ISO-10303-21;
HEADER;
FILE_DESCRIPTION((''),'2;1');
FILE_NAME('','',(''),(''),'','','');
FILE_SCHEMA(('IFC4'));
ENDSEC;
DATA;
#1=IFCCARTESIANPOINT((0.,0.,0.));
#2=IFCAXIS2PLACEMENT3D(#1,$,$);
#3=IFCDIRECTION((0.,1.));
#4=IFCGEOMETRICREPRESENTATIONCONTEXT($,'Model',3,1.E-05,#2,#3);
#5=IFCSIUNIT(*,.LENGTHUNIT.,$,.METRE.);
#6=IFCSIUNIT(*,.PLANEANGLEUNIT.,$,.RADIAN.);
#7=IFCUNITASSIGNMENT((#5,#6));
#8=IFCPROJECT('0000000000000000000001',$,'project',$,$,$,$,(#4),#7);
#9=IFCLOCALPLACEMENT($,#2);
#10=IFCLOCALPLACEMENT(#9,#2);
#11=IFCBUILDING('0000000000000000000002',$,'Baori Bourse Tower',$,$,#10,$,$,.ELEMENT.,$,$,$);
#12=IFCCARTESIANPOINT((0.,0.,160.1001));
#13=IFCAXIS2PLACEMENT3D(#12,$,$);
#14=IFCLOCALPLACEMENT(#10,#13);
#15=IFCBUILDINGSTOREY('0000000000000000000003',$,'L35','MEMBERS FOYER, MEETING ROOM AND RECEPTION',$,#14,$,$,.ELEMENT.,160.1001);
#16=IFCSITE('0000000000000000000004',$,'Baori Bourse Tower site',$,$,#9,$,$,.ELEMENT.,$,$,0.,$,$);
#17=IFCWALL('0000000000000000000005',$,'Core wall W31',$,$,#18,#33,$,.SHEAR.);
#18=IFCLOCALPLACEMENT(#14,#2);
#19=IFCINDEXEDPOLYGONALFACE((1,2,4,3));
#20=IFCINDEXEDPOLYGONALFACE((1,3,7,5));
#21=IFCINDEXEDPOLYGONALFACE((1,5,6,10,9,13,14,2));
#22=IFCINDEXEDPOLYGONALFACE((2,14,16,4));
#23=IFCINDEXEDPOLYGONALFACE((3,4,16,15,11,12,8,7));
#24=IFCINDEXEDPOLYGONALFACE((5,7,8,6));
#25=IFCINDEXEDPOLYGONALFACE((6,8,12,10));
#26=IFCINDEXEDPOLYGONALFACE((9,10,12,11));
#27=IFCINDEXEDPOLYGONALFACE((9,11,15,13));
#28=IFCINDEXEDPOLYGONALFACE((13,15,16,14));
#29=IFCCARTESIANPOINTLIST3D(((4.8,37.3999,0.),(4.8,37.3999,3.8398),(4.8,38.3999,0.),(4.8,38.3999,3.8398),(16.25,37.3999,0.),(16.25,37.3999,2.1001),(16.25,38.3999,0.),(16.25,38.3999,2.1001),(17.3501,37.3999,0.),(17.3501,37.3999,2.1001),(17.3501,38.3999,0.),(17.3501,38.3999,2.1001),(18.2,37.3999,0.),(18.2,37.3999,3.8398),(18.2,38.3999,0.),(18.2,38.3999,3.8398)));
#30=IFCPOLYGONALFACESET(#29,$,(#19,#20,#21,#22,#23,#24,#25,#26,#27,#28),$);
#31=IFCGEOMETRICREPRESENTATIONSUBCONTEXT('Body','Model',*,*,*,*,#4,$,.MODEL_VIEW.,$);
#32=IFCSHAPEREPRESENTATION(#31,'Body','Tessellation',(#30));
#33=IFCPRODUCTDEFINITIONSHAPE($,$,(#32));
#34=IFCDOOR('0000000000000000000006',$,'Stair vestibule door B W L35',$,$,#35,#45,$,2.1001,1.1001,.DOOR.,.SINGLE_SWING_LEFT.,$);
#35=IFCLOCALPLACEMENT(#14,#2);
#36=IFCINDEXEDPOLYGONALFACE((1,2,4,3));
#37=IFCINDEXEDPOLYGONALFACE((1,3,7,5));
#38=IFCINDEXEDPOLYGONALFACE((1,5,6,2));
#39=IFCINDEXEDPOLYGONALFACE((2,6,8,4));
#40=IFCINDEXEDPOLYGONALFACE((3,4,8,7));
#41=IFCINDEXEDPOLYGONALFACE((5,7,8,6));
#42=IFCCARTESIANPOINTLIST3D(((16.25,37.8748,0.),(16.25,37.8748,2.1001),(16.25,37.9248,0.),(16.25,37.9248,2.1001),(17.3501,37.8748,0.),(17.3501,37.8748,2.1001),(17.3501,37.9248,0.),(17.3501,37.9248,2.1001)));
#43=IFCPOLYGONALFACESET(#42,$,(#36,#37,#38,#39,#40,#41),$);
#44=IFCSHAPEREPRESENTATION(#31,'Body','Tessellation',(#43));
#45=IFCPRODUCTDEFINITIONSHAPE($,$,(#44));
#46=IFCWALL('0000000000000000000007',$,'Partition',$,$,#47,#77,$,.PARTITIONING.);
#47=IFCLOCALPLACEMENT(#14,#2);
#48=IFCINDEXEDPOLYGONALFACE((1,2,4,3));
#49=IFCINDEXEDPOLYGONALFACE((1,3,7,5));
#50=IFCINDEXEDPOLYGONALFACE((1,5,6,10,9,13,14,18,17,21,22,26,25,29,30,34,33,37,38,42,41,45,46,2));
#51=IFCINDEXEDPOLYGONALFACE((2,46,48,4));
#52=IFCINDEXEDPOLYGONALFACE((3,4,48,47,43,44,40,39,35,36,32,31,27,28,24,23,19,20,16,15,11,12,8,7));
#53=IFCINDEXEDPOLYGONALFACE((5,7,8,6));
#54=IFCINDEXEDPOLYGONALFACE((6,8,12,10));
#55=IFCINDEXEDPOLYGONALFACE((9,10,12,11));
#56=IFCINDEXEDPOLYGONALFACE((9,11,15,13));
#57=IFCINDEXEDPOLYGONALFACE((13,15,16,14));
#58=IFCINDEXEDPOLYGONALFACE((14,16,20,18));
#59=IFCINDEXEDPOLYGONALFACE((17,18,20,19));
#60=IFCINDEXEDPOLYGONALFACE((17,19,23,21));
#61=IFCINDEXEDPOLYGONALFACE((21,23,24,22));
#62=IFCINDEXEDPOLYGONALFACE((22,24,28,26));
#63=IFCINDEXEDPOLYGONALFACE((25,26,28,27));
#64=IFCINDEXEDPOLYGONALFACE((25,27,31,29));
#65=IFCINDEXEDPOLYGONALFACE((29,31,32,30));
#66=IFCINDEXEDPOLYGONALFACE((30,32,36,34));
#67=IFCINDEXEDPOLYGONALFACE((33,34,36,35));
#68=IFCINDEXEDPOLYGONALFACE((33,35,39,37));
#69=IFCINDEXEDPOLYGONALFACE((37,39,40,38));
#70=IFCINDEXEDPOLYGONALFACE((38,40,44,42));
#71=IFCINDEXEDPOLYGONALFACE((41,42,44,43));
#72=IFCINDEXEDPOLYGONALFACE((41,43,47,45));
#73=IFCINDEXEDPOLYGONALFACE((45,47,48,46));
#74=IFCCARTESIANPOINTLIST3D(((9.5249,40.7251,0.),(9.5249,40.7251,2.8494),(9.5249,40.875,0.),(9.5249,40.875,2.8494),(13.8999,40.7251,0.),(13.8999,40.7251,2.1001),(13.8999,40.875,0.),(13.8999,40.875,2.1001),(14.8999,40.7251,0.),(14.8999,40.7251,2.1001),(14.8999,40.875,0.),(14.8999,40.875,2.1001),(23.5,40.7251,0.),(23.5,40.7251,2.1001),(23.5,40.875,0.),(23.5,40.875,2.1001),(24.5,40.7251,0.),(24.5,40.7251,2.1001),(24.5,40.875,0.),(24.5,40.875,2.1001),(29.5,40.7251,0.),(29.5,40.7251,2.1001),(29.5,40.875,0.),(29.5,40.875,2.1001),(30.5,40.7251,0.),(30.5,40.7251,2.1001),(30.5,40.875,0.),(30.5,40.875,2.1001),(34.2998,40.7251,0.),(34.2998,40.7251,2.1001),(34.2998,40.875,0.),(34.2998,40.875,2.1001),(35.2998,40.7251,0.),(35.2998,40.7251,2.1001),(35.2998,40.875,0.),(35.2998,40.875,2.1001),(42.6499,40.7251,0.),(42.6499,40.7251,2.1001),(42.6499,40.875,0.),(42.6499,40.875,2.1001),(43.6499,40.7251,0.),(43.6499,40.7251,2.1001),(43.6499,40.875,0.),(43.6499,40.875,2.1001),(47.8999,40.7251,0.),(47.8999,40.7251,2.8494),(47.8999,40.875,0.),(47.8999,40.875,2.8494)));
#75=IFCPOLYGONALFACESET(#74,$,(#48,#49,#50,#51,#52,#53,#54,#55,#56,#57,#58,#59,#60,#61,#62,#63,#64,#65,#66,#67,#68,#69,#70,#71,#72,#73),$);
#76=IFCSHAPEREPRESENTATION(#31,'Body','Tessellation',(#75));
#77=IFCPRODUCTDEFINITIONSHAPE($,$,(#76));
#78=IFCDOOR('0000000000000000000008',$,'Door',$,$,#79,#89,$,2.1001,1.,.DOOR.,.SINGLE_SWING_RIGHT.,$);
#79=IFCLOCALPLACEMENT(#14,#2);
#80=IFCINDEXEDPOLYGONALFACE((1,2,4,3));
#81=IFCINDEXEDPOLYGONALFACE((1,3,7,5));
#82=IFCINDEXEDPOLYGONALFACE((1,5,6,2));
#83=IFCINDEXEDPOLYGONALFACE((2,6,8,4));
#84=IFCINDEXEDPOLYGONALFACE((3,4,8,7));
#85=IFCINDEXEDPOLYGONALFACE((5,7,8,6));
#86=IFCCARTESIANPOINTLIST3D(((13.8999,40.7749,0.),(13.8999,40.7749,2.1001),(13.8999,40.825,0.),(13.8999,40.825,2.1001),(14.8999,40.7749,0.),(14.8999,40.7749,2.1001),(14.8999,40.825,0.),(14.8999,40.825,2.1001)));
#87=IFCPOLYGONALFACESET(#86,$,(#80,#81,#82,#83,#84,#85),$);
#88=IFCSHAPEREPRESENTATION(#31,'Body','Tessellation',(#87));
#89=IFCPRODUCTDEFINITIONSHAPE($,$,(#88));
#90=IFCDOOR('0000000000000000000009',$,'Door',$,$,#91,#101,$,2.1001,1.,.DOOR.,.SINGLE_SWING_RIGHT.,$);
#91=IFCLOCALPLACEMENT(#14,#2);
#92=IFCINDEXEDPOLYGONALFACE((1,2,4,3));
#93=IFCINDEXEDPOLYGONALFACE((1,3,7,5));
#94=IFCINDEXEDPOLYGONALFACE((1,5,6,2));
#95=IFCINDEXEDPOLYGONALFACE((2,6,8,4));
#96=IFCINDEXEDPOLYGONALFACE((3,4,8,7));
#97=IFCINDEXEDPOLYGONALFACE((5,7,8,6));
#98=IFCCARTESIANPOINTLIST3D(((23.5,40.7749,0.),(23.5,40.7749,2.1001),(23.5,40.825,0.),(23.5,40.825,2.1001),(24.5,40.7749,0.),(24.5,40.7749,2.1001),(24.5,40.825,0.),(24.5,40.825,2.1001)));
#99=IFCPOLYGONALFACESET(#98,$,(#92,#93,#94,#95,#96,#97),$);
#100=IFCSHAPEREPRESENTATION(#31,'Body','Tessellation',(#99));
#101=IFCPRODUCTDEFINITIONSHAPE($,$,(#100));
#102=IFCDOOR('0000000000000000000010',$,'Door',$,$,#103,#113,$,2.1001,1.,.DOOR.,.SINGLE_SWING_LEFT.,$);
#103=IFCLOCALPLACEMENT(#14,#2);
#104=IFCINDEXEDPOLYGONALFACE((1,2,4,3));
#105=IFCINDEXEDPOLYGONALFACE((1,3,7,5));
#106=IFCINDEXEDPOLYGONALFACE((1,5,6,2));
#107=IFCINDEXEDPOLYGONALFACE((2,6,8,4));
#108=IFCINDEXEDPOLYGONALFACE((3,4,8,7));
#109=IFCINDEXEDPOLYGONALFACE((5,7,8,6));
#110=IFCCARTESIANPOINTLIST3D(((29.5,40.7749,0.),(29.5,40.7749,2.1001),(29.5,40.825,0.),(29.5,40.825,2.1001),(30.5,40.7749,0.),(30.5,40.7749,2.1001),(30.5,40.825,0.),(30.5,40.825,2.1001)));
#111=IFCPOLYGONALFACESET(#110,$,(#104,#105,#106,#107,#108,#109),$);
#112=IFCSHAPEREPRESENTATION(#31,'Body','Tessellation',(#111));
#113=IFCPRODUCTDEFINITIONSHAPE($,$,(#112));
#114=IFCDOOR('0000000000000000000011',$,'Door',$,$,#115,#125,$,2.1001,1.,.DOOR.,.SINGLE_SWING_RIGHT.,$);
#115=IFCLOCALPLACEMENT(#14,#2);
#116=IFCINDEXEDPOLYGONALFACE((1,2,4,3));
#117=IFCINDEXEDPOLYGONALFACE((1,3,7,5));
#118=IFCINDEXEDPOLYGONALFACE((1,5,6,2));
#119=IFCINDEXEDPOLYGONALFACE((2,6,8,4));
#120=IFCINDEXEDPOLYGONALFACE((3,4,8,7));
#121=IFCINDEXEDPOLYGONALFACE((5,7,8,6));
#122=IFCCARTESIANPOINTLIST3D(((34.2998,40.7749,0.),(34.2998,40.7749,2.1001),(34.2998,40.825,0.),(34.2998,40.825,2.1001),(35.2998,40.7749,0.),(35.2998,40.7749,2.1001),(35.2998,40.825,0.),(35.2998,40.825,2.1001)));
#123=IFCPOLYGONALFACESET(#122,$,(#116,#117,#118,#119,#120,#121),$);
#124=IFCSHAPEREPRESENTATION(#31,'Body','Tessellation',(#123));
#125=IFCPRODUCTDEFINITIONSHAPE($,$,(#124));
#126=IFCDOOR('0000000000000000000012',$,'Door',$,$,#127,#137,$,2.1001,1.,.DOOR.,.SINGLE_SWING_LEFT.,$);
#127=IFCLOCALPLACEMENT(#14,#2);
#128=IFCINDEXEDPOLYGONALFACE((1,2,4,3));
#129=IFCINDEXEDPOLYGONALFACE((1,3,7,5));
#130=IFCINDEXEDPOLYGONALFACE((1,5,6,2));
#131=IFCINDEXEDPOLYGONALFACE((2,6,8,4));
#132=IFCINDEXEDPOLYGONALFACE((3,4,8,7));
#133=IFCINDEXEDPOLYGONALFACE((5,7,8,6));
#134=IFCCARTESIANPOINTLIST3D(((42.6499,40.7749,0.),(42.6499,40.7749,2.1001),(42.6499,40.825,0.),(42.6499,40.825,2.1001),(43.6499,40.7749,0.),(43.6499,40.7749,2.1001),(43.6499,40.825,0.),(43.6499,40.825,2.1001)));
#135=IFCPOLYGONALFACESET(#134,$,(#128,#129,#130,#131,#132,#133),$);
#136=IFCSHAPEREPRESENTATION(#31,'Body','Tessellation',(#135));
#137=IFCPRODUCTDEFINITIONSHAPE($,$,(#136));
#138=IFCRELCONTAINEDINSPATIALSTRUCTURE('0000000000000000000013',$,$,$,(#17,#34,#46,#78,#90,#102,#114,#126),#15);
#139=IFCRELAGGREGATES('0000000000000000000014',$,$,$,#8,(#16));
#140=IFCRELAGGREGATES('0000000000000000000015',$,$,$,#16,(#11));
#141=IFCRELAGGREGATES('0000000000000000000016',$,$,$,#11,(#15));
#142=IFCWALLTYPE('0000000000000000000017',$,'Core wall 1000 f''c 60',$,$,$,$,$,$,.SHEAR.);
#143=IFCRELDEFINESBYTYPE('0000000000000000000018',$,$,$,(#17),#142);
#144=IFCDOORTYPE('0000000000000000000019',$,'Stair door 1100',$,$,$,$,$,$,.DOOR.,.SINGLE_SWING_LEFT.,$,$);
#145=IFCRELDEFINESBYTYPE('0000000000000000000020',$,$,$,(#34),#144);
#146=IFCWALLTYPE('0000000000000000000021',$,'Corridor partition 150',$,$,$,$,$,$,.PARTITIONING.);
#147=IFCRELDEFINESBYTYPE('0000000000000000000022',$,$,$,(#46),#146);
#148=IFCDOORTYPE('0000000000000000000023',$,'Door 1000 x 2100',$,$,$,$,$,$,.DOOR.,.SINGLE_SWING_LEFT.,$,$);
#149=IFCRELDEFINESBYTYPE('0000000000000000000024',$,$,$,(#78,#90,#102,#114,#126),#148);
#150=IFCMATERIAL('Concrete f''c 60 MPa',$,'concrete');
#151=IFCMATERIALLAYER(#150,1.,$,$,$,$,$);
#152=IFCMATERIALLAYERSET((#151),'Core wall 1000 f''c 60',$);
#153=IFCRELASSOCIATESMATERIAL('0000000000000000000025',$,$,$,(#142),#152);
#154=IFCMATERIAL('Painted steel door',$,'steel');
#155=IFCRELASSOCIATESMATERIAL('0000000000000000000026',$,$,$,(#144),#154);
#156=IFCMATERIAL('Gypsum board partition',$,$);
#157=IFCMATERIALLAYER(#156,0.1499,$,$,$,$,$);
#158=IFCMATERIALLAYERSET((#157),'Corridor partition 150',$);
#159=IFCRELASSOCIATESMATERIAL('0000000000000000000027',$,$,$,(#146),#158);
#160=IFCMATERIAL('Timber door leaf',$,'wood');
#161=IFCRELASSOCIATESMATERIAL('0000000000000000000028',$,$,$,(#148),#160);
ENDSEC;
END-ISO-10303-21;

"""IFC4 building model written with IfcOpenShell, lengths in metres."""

from ifc_helpers import new_model, si_unit, direction, frame, frame_2d, origin, place, context, subcontext, project, spatial, rectangle, extrude, material, layer, layer_set, type_object, element, fill, save


model = new_model("IFC4")

# Units and contexts
model_context = context("Model", 3, precision=1e-05, world=origin(), true_north=direction((0.0, 1.0)))
body_context = subcontext(model_context, "Body", "Model", "MODEL_VIEW")
ifc_project = project(units=[si_unit("LENGTHUNIT", "METRE"), si_unit("PLANEANGLEUNIT", "RADIAN")], contexts=[model_context])

# Site, building, storey
site_placement = place(None, origin())
site = spatial("IfcSite", under=ifc_project, at=site_placement, Name="Baori Bourse Tower site", CompositionType="ELEMENT", RefElevation=0.0)
building_placement = place(site_placement, origin())
building = spatial("IfcBuilding", under=site, at=building_placement, Name="Baori Bourse Tower", CompositionType="ELEMENT")
storey_placement = place(building_placement, frame((0.0, 0.0, 160.1001)))
storey = spatial("IfcBuildingStorey", under=building, at=storey_placement, Name="L35", Description="MEMBERS FOYER, MEETING ROOM AND RECEPTION", CompositionType="ELEMENT", Elevation=160.1001)

# Wall, opening, door
ifc_material_1 = material(Name="Concrete f'c 60 MPa", Category="concrete")
ifc_layer_1 = layer(ifc_material_1, 1.0)
ifc_layer_set_1 = layer_set([ifc_layer_1], Name="Core wall 1000 f'c 60")
wall_type_1 = type_object("IfcWallType", Name="Core wall 1000 f'c 60", PredefinedType="SHEAR", material=ifc_layer_set_1)
wall_1_placement = place(storey_placement, frame((4.8, 37.8999, 0.0), z_axis=(0.0, 0.0, 1.0), x_axis=(1.0, 0.0, 0.0)))
wall_1 = element("IfcWall", 1, at=wall_1_placement, inside=storey, type_object=wall_type_1, Name="Core wall W31", PredefinedType="SHEAR", context=body_context, shape_type="SweptSolid", body=[
    extrude(rectangle(XDim=13.3999, YDim=1.0, at=frame_2d((6.7, 0.0))), origin(), (0.0, 0.0, 1.0), 3.8398),
])
opening_1_placement = place(wall_1_placement, frame((11.45, 0.0, 0.0)))
opening_1 = element("IfcOpeningElement", 2, at=opening_1_placement, cuts=wall_1, PredefinedType="OPENING", context=body_context, shape_type="SweptSolid", body=[
    extrude(rectangle(XDim=1.1001, YDim=2.1001, at=frame_2d((0.55, 1.05))), frame((0.0, 0.51, 0.0), z_axis=(0.0, -1.0, 0.0), x_axis=(1.0, 0.0, 0.0)), (0.0, 0.0, 1.0), 1.02),
])
ifc_material_2 = material(Name="Painted steel door", Category="steel")
door_type_1 = type_object("IfcDoorType", Name="Stair door 1100", OperationType="SINGLE_SWING_LEFT", PredefinedType="DOOR", material=ifc_material_2)
door_1_placement = place(opening_1_placement, origin())
door_1 = element("IfcDoor", 3, at=door_1_placement, inside=storey, type_object=door_type_1, Name="Stair vestibule door B W L35", OperationType="SINGLE_SWING_LEFT", OverallHeight=2.1001, OverallWidth=1.1001, PredefinedType="DOOR", context=body_context, shape_type="SweptSolid", body=[
    extrude(rectangle(XDim=1.1001, YDim=2.1001, at=frame_2d((0.55, 1.05))), frame((0.0, 0.0249, 0.0), z_axis=(0.0, -1.0, 0.0), x_axis=(1.0, 0.0, 0.0)), (0.0, 0.0, 1.0), 0.05),
])
fill(opening_1, door_1)

# Wall, openings, doors
ifc_material_3 = material(Name="Gypsum board partition")
ifc_layer_2 = layer(ifc_material_3, 0.1499)
ifc_layer_set_2 = layer_set([ifc_layer_2], Name="Corridor partition 150")
wall_type_2 = type_object("IfcWallType", Name="Corridor partition 150", PredefinedType="PARTITIONING", material=ifc_layer_set_2)
wall_2_placement = place(storey_placement, frame((9.5249, 40.8, 0.0), z_axis=(0.0, 0.0, 1.0), x_axis=(1.0, 0.0, 0.0)))
wall_2 = element("IfcWall", 4, at=wall_2_placement, inside=storey, type_object=wall_type_2, Name="Partition", PredefinedType="PARTITIONING", context=body_context, shape_type="SweptSolid", body=[
    extrude(rectangle(XDim=38.375, YDim=0.1499, at=frame_2d((19.1875, 0.0))), origin(), (0.0, 0.0, 1.0), 2.8494),
])
opening_2_placement = place(wall_2_placement, frame((4.375, 0.0, 0.0)))
opening_2 = element("IfcOpeningElement", 5, at=opening_2_placement, cuts=wall_2, PredefinedType="OPENING", context=body_context, shape_type="SweptSolid", body=[
    extrude(rectangle(XDim=1.0, YDim=2.1001, at=frame_2d((0.5, 1.05))), frame((0.0, 0.085, 0.0), z_axis=(0.0, -1.0, 0.0), x_axis=(1.0, 0.0, 0.0)), (0.0, 0.0, 1.0), 0.1699),
])
opening_3_placement = place(wall_2_placement, frame((13.9751, 0.0, 0.0)))
opening_3 = element("IfcOpeningElement", 6, at=opening_3_placement, cuts=wall_2, PredefinedType="OPENING", context=body_context, shape_type="SweptSolid", body=[
    extrude(rectangle(XDim=1.0, YDim=2.1001, at=frame_2d((0.5, 1.05))), frame((0.0, 0.085, 0.0), z_axis=(0.0, -1.0, 0.0), x_axis=(1.0, 0.0, 0.0)), (0.0, 0.0, 1.0), 0.1699),
])
opening_4_placement = place(wall_2_placement, frame((19.9751, 0.0, 0.0)))
opening_4 = element("IfcOpeningElement", 7, at=opening_4_placement, cuts=wall_2, PredefinedType="OPENING", context=body_context, shape_type="SweptSolid", body=[
    extrude(rectangle(XDim=1.0, YDim=2.1001, at=frame_2d((0.5, 1.05))), frame((0.0, 0.085, 0.0), z_axis=(0.0, -1.0, 0.0), x_axis=(1.0, 0.0, 0.0)), (0.0, 0.0, 1.0), 0.1699),
])
opening_5_placement = place(wall_2_placement, frame((24.7749, 0.0, 0.0)))
opening_5 = element("IfcOpeningElement", 8, at=opening_5_placement, cuts=wall_2, PredefinedType="OPENING", context=body_context, shape_type="SweptSolid", body=[
    extrude(rectangle(XDim=1.0, YDim=2.1001, at=frame_2d((0.5, 1.05))), frame((0.0, 0.085, 0.0), z_axis=(0.0, -1.0, 0.0), x_axis=(1.0, 0.0, 0.0)), (0.0, 0.0, 1.0), 0.1699),
])
opening_6_placement = place(wall_2_placement, frame((33.125, 0.0, 0.0)))
opening_6 = element("IfcOpeningElement", 9, at=opening_6_placement, cuts=wall_2, PredefinedType="OPENING", context=body_context, shape_type="SweptSolid", body=[
    extrude(rectangle(XDim=1.0, YDim=2.1001, at=frame_2d((0.5, 1.05))), frame((0.0, 0.085, 0.0), z_axis=(0.0, -1.0, 0.0), x_axis=(1.0, 0.0, 0.0)), (0.0, 0.0, 1.0), 0.1699),
])
ifc_material_4 = material(Name="Timber door leaf", Category="wood")
door_type_2 = type_object("IfcDoorType", Name="Door 1000 x 2100", OperationType="SINGLE_SWING_LEFT", PredefinedType="DOOR", material=ifc_material_4)
door_2_placement = place(opening_2_placement, origin())
door_2 = element("IfcDoor", 10, at=door_2_placement, inside=storey, type_object=door_type_2, Name="Door", OperationType="SINGLE_SWING_RIGHT", OverallHeight=2.1001, OverallWidth=1.0, PredefinedType="DOOR", context=body_context, shape_type="SweptSolid", body=[
    extrude(rectangle(XDim=1.0, YDim=2.1001, at=frame_2d((0.5, 1.05))), frame((0.0, 0.0249, 0.0), z_axis=(0.0, -1.0, 0.0), x_axis=(1.0, 0.0, 0.0)), (0.0, 0.0, 1.0), 0.05),
])
fill(opening_2, door_2)
door_3_placement = place(opening_3_placement, origin())
door_3 = element("IfcDoor", 11, at=door_3_placement, inside=storey, type_object=door_type_2, Name="Door", OperationType="SINGLE_SWING_RIGHT", OverallHeight=2.1001, OverallWidth=1.0, PredefinedType="DOOR", context=body_context, shape_type="SweptSolid", body=[
    extrude(rectangle(XDim=1.0, YDim=2.1001, at=frame_2d((0.5, 1.05))), frame((0.0, 0.0249, 0.0), z_axis=(0.0, -1.0, 0.0), x_axis=(1.0, 0.0, 0.0)), (0.0, 0.0, 1.0), 0.05),
])
fill(opening_3, door_3)
door_4_placement = place(opening_4_placement, origin())
door_4 = element("IfcDoor", 12, at=door_4_placement, inside=storey, type_object=door_type_2, Name="Door", OperationType="SINGLE_SWING_LEFT", OverallHeight=2.1001, OverallWidth=1.0, PredefinedType="DOOR", context=body_context, shape_type="SweptSolid", body=[
    extrude(rectangle(XDim=1.0, YDim=2.1001, at=frame_2d((0.5, 1.05))), frame((0.0, 0.0249, 0.0), z_axis=(0.0, -1.0, 0.0), x_axis=(1.0, 0.0, 0.0)), (0.0, 0.0, 1.0), 0.05),
])
fill(opening_4, door_4)
door_5_placement = place(opening_5_placement, origin())
door_5 = element("IfcDoor", 13, at=door_5_placement, inside=storey, type_object=door_type_2, Name="Door", OperationType="SINGLE_SWING_RIGHT", OverallHeight=2.1001, OverallWidth=1.0, PredefinedType="DOOR", context=body_context, shape_type="SweptSolid", body=[
    extrude(rectangle(XDim=1.0, YDim=2.1001, at=frame_2d((0.5, 1.05))), frame((0.0, 0.0249, 0.0), z_axis=(0.0, -1.0, 0.0), x_axis=(1.0, 0.0, 0.0)), (0.0, 0.0, 1.0), 0.05),
])
fill(opening_5, door_5)
door_6_placement = place(opening_6_placement, origin())
door_6 = element("IfcDoor", 14, at=door_6_placement, inside=storey, type_object=door_type_2, Name="Door", OperationType="SINGLE_SWING_LEFT", OverallHeight=2.1001, OverallWidth=1.0, PredefinedType="DOOR", context=body_context, shape_type="SweptSolid", body=[
    extrude(rectangle(XDim=1.0, YDim=2.1001, at=frame_2d((0.5, 1.05))), frame((0.0, 0.0249, 0.0), z_axis=(0.0, -1.0, 0.0), x_axis=(1.0, 0.0, 0.0)), (0.0, 0.0, 1.0), 0.05),
])
fill(opening_6, door_6)

save(model, "model.ifc")
